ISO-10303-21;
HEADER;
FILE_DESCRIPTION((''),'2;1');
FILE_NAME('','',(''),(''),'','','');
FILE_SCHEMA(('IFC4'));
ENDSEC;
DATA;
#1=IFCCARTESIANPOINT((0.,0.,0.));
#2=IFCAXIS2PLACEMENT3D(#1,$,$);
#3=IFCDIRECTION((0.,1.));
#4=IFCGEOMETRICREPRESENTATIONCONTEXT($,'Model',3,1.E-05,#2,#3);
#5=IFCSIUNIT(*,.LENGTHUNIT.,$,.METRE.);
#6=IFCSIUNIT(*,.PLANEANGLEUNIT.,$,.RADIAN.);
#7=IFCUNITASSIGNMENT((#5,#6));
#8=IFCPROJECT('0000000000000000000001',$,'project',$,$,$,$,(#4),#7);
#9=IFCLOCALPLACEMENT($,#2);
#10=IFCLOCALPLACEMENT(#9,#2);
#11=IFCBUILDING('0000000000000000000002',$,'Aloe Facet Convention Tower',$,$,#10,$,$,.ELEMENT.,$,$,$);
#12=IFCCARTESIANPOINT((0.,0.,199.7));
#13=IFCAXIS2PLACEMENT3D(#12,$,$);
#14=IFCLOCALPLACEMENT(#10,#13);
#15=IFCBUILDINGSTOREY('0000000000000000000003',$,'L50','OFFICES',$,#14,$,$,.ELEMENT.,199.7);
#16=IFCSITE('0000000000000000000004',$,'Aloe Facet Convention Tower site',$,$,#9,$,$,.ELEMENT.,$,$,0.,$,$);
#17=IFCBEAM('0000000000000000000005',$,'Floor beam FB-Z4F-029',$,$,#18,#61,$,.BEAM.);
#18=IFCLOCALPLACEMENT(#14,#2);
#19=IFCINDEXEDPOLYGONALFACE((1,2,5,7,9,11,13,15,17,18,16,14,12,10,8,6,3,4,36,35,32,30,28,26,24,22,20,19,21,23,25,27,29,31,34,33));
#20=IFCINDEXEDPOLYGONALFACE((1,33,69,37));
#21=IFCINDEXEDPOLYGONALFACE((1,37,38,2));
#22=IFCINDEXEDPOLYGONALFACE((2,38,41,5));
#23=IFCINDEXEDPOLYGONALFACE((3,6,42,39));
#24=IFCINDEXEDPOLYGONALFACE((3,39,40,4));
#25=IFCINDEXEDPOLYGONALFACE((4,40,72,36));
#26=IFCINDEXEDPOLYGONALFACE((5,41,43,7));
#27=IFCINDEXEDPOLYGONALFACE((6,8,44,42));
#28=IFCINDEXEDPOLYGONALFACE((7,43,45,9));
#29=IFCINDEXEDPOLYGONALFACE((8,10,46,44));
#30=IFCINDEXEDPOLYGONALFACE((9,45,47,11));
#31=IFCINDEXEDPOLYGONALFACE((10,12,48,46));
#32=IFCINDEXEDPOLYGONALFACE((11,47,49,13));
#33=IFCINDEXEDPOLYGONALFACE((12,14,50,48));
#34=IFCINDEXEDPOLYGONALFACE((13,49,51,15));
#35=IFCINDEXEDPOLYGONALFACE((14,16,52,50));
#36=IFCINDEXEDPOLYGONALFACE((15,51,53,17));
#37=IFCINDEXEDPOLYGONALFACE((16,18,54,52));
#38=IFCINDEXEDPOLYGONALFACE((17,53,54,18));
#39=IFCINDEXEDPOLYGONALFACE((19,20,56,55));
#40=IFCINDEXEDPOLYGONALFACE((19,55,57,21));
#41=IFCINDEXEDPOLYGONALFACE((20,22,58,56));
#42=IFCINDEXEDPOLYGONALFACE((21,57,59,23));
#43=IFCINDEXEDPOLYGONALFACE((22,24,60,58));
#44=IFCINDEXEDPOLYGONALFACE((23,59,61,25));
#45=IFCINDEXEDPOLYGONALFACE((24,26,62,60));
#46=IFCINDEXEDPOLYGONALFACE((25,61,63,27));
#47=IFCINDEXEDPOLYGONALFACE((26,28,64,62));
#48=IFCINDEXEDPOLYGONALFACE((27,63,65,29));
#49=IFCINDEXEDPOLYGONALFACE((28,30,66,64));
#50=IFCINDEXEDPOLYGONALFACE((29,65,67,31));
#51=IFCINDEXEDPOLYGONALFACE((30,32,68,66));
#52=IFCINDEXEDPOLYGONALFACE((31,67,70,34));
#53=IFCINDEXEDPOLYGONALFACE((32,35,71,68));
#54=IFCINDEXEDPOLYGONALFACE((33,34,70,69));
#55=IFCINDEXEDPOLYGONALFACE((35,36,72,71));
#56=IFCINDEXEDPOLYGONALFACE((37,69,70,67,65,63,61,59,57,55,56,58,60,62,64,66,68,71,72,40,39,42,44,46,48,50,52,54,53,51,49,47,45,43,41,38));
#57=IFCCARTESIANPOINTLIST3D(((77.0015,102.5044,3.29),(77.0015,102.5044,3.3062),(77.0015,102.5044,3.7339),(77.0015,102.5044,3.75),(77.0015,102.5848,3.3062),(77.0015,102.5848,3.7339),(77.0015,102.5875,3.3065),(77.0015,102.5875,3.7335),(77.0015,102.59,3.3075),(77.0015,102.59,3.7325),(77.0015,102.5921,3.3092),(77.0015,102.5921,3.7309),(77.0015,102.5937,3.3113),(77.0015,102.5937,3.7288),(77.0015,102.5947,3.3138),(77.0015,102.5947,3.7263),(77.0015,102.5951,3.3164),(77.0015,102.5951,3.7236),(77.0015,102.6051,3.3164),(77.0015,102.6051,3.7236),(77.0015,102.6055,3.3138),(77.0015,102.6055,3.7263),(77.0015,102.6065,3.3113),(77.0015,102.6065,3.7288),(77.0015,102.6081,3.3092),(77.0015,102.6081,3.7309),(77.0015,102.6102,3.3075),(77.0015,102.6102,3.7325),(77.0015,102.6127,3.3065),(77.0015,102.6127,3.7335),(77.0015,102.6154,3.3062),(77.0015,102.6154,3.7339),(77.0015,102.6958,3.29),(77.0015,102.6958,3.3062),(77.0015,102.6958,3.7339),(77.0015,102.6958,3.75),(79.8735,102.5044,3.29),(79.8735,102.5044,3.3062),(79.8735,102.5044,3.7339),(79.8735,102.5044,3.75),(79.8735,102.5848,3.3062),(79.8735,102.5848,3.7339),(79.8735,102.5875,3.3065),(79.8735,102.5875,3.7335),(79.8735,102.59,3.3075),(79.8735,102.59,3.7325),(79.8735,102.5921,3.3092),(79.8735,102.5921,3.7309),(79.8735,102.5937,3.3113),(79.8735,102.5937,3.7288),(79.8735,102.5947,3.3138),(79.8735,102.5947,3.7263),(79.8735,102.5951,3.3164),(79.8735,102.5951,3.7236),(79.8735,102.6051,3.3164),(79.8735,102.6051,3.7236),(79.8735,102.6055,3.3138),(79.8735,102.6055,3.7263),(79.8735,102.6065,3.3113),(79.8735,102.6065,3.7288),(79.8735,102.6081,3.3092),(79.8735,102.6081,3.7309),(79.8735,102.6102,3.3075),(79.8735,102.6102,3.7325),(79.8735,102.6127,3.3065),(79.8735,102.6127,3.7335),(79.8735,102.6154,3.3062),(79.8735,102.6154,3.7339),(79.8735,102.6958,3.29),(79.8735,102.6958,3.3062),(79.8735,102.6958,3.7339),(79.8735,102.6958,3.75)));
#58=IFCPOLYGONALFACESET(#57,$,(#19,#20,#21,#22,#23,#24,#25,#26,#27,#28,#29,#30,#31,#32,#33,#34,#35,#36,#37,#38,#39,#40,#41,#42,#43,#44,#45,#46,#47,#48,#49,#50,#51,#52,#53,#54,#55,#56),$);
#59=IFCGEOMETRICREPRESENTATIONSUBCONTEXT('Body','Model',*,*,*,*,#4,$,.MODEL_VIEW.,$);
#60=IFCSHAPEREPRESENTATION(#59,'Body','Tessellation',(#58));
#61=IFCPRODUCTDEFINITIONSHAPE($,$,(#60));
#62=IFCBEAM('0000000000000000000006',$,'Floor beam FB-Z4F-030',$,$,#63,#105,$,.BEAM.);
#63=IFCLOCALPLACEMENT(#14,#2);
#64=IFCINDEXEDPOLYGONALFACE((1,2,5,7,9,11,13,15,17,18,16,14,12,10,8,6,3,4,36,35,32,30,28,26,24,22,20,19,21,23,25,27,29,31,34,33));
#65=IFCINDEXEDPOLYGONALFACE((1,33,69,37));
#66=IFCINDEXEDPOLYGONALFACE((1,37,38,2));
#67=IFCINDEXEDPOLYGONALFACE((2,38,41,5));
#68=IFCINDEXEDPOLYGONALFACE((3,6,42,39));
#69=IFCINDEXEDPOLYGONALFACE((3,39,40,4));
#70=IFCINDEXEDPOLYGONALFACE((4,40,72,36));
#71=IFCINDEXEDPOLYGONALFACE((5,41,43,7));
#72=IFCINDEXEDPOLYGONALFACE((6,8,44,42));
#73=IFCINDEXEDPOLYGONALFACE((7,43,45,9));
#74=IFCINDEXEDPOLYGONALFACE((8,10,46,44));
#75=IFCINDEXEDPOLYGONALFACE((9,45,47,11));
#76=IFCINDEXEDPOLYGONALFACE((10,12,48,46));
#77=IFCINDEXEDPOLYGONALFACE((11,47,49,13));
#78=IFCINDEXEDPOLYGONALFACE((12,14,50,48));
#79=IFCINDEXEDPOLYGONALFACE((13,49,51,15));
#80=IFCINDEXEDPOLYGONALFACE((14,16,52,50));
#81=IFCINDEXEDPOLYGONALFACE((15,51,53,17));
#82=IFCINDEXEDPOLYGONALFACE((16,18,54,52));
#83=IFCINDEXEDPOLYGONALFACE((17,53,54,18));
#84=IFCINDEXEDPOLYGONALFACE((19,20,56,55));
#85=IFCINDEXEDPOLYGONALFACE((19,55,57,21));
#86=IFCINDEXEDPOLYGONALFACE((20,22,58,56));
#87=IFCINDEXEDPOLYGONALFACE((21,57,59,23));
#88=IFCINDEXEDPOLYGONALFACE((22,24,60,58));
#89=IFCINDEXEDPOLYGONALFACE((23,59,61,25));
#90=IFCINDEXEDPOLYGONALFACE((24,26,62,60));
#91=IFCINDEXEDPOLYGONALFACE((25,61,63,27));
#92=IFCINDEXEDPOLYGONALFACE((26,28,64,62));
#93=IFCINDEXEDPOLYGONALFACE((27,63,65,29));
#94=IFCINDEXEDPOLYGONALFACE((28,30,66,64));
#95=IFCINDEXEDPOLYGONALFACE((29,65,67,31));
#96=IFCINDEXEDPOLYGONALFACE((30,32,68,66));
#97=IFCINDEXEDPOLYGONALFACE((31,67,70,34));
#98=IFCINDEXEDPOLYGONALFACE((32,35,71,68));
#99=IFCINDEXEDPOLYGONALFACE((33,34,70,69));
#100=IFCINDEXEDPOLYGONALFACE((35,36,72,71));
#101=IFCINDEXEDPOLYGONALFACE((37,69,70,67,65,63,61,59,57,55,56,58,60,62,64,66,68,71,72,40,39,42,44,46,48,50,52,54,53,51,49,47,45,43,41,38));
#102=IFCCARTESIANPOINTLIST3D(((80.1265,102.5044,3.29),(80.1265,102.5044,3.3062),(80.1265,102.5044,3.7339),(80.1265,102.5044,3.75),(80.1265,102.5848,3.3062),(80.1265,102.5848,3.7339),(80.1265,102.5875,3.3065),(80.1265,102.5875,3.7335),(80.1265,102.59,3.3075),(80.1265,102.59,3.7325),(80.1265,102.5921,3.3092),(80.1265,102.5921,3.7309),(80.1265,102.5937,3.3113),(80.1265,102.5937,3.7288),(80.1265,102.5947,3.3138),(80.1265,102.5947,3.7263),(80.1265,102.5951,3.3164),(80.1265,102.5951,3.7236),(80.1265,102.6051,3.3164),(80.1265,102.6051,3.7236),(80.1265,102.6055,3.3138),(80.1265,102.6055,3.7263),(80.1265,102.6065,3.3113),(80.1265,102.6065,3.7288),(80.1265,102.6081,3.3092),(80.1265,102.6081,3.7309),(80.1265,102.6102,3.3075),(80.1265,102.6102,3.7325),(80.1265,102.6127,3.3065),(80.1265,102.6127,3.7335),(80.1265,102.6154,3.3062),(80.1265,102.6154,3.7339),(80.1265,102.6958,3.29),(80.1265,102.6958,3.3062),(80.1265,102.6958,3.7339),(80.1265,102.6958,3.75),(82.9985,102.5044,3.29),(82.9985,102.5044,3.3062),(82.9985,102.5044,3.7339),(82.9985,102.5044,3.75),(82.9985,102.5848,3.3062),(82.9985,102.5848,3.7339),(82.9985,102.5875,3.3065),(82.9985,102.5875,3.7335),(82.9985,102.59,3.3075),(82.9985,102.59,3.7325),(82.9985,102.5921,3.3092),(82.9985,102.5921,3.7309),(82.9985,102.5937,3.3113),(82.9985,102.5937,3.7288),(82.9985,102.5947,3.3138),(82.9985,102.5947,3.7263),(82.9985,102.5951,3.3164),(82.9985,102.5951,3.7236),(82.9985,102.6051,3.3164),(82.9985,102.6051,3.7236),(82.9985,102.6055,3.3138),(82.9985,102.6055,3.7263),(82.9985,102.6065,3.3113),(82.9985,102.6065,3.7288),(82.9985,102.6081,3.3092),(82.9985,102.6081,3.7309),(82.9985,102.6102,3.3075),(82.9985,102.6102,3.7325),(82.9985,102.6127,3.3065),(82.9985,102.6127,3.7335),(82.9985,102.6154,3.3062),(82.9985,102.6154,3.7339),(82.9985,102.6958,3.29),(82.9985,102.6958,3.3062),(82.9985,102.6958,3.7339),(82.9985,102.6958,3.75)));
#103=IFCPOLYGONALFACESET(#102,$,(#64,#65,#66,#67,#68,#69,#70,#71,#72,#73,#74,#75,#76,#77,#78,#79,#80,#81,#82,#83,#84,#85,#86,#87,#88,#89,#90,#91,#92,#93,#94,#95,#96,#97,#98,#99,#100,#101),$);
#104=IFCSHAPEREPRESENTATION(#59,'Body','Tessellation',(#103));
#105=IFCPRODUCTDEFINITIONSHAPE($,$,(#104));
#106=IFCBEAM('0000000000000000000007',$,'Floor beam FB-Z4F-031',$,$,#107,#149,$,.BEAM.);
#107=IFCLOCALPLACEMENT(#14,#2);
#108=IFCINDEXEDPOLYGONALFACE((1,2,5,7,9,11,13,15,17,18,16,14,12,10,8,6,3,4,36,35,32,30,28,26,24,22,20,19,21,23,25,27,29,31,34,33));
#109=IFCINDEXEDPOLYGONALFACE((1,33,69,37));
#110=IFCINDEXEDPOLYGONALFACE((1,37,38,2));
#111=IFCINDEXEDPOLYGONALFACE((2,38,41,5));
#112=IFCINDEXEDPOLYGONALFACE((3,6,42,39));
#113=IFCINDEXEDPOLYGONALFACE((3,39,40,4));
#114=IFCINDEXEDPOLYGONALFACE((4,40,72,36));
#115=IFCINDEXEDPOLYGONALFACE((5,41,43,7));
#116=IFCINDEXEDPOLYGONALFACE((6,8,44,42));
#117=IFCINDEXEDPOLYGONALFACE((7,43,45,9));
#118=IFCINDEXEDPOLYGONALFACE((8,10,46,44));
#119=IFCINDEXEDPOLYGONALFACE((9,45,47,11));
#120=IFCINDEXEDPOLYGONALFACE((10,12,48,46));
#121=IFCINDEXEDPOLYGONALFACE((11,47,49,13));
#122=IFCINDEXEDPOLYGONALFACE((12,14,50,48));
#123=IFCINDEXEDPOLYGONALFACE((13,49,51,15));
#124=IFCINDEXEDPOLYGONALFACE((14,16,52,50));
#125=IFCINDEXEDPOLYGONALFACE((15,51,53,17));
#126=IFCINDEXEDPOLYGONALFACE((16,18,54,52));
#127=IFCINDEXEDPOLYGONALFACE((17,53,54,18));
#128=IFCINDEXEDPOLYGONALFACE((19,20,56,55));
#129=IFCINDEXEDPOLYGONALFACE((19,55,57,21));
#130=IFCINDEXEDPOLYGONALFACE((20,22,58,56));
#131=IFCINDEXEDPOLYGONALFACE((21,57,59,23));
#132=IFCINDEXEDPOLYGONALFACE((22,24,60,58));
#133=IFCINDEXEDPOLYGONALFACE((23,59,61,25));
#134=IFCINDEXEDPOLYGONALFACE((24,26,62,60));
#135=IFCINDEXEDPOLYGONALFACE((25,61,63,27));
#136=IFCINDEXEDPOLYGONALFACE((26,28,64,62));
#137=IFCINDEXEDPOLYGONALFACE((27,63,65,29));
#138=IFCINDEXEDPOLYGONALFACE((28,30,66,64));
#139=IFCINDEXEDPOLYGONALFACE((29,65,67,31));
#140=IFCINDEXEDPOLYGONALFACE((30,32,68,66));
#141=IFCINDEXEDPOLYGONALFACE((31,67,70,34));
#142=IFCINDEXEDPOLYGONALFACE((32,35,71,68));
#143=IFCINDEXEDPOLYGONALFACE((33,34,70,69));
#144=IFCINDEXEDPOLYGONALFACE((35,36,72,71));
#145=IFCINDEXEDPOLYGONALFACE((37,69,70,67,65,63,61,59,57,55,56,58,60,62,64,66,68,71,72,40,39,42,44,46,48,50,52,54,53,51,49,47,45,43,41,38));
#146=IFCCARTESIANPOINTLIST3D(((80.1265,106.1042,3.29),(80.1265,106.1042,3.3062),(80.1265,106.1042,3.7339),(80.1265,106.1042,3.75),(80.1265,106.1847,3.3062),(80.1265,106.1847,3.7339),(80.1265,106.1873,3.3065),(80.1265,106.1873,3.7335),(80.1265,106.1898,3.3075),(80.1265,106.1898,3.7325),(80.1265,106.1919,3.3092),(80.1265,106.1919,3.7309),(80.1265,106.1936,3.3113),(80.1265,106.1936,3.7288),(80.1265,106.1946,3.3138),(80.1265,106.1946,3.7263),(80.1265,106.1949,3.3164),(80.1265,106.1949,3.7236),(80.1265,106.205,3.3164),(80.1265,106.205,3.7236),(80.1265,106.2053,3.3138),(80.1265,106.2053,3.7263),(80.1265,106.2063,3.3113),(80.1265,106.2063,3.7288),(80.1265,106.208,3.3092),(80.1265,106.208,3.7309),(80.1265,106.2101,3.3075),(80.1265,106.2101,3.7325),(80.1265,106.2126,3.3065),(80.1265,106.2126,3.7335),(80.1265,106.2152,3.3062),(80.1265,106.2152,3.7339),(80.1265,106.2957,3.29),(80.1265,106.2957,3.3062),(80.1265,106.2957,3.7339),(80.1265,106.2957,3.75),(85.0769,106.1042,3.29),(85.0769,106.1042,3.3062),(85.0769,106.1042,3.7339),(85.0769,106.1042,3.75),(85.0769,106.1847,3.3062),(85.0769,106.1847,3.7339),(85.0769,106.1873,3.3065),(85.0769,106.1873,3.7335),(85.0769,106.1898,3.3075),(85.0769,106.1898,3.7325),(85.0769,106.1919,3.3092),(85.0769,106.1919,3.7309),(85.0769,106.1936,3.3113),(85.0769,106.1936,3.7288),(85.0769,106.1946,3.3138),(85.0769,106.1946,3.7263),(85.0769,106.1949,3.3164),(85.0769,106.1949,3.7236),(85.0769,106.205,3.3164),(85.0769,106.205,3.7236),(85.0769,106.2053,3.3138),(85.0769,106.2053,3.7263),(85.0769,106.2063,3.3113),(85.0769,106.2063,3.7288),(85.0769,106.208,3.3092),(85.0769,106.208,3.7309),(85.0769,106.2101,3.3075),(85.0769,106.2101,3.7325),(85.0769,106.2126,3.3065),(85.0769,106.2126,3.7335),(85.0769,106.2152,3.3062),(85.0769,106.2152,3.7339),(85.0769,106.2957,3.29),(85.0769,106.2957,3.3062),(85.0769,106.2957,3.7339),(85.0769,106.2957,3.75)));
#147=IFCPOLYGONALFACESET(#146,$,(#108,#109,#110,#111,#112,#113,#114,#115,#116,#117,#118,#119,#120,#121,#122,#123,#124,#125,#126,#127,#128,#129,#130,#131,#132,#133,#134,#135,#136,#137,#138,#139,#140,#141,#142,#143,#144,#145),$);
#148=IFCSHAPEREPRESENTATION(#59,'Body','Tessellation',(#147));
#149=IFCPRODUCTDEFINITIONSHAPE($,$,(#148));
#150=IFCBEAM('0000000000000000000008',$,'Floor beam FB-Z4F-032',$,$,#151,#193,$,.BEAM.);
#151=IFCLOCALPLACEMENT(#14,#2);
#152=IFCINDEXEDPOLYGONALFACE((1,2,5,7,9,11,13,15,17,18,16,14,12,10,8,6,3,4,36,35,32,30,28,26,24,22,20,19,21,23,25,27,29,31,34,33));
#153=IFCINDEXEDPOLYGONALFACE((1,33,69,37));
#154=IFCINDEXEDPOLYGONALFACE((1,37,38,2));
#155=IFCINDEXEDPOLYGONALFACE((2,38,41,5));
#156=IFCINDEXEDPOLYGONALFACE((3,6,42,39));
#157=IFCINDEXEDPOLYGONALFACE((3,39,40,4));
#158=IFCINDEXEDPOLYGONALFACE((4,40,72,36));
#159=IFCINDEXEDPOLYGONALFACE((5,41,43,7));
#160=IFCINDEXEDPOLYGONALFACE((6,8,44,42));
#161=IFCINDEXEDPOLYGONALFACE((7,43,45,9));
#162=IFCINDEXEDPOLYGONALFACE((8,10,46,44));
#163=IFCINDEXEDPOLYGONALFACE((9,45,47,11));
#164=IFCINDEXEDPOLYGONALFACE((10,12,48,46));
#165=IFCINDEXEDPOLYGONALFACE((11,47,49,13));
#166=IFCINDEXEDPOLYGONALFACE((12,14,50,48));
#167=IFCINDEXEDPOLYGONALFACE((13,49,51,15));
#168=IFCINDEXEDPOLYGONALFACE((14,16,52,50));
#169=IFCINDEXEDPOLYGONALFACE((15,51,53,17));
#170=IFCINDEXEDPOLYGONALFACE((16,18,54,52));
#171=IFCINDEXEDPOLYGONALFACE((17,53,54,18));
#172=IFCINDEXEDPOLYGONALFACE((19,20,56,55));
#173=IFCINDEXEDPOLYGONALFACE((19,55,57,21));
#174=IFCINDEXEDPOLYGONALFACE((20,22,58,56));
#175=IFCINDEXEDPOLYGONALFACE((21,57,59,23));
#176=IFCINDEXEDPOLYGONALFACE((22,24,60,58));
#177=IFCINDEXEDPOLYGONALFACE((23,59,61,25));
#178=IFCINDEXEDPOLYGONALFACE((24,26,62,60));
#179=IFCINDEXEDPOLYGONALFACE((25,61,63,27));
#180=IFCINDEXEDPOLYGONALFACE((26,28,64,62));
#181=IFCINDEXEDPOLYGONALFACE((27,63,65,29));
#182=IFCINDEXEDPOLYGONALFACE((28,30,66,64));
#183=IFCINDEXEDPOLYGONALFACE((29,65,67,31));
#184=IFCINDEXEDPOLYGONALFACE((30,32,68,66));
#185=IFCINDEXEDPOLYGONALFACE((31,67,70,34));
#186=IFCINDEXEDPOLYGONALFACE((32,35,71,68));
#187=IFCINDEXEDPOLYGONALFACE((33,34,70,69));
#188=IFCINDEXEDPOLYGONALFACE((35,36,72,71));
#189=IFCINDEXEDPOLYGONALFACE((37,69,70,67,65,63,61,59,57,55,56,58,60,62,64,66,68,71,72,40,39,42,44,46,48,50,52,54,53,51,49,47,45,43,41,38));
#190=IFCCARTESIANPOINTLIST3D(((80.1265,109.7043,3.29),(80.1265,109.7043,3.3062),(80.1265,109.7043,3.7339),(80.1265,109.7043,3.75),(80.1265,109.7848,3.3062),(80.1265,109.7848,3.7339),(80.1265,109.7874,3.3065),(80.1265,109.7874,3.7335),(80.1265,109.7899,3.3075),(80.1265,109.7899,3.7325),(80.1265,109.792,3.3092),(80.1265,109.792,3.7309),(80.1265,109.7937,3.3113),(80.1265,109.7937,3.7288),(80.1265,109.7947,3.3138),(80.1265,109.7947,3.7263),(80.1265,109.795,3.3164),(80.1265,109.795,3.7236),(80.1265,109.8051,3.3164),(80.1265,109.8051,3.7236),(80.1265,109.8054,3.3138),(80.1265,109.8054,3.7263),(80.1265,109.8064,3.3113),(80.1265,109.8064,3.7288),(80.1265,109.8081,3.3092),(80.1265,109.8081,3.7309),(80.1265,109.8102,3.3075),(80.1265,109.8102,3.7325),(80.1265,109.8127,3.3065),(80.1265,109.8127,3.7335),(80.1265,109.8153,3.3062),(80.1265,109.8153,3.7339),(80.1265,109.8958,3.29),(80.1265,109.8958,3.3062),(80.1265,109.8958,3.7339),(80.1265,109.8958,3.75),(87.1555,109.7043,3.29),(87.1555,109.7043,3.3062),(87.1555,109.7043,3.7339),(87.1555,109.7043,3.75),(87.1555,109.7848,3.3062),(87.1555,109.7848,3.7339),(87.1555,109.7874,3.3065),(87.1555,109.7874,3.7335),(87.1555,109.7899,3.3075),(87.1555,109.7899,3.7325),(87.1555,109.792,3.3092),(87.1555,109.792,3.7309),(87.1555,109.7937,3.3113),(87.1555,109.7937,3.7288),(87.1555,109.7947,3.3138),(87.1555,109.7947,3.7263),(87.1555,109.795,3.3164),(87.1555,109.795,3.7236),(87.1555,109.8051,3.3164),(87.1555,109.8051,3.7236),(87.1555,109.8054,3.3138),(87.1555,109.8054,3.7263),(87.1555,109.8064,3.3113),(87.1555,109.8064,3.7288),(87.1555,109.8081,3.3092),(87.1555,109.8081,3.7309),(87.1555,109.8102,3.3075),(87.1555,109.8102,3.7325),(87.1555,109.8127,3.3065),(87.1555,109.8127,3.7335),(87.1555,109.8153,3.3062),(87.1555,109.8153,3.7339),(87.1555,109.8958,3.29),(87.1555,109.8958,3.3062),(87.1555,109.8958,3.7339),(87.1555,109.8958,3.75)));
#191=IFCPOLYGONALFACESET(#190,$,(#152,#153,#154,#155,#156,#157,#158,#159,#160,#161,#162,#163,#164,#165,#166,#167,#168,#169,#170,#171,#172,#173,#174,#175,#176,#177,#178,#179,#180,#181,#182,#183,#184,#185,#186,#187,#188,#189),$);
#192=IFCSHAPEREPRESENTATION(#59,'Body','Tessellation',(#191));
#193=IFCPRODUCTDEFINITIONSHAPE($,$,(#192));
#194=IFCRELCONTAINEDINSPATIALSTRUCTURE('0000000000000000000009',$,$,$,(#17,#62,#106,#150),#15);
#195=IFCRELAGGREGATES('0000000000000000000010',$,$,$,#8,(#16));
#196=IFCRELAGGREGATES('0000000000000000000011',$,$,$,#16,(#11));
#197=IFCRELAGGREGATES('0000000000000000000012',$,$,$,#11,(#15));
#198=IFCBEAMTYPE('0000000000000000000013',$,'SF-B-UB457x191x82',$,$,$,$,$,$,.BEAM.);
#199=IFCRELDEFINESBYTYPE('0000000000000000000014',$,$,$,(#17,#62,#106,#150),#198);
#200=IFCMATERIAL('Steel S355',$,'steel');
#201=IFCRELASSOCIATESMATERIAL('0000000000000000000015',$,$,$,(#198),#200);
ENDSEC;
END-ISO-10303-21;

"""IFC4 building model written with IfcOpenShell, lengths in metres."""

from ifc_helpers import new_model, si_unit, direction, frame, origin, origin_2d, place, context, subcontext, project, spatial, i_section, extrude, material, material_profile, profile_set, type_object, element, save


model = new_model("IFC4")

# Units and contexts
model_context = context("Model", 3, precision=1e-05, world=origin(), true_north=direction((0.0, 1.0)))
body_context = subcontext(model_context, "Body", "Model", "MODEL_VIEW")
ifc_project = project(units=[si_unit("LENGTHUNIT", "METRE"), si_unit("PLANEANGLEUNIT", "RADIAN")], contexts=[model_context])

# Site, building, storey
site_placement = place(None, origin())
site = spatial("IfcSite", under=ifc_project, at=site_placement, Name="Aloe Facet Convention Tower site", CompositionType="ELEMENT", RefElevation=0.0)
building_placement = place(site_placement, origin())
building = spatial("IfcBuilding", under=site, at=building_placement, Name="Aloe Facet Convention Tower", CompositionType="ELEMENT")
storey_placement = place(building_placement, frame((0.0, 0.0, 199.7)))
storey = spatial("IfcBuildingStorey", under=building, at=storey_placement, Name="L50", Description="OFFICES", CompositionType="ELEMENT", Elevation=199.7)

# Beams
ifc_material_1 = material(Name="Steel S355", Category="steel")
ifc_material_profile_1 = material_profile(ifc_material_1, i_section(OverallWidth=0.1914, OverallDepth=0.46, WebThickness=0.01, FlangeThickness=0.0161, FilletRadius=0.0103, at=origin_2d()), Name="UB 457x191x82")
ifc_profile_set_1 = profile_set([ifc_material_profile_1], Name="Steel S355")
beam_type_1 = type_object("IfcBeamType", Name="SF-B-UB457x191x82", PredefinedType="BEAM", material=ifc_profile_set_1)
for number, where, z_axis, x_axis, name in (
    (1, (77.0015, 102.6001, 3.52), (1.0, 0.0, 0.0), (0.0, 1.0, 0.0), "Floor beam FB-Z4F-029"),
    (2, (80.1265, 102.6001, 3.52), (1.0, 0.0, 0.0), (0.0, 1.0, 0.0), "Floor beam FB-Z4F-030"),
):
    element("IfcBeam", number, at=place(storey_placement, frame(where, z_axis=z_axis, x_axis=x_axis)), inside=storey, type_object=beam_type_1, Name=name, PredefinedType="BEAM", context=body_context, shape_type="SweptSolid", body=[
        extrude(i_section(OverallWidth=0.1914, OverallDepth=0.46, WebThickness=0.01, FlangeThickness=0.0161, FilletRadius=0.0103, at=origin_2d()), origin(), (0.0, 0.0, 1.0), 2.8721),
    ])
beam_1_placement = place(storey_placement, frame((80.1265, 106.2, 3.52), z_axis=(1.0, 0.0, 0.0), x_axis=(0.0, 1.0, 0.0)))
element("IfcBeam", 3, at=beam_1_placement, inside=storey, type_object=beam_type_1, Name="Floor beam FB-Z4F-031", PredefinedType="BEAM", context=body_context, shape_type="SweptSolid", body=[
    extrude(i_section(OverallWidth=0.1914, OverallDepth=0.46, WebThickness=0.01, FlangeThickness=0.0161, FilletRadius=0.0103, at=origin_2d()), origin(), (0.0, 0.0, 1.0), 4.9504),
])
beam_2_placement = place(storey_placement, frame((80.1265, 109.8, 3.52), z_axis=(1.0, 0.0, 0.0), x_axis=(0.0, 1.0, 0.0)))
element("IfcBeam", 4, at=beam_2_placement, inside=storey, type_object=beam_type_1, Name="Floor beam FB-Z4F-032", PredefinedType="BEAM", context=body_context, shape_type="SweptSolid", body=[
    extrude(i_section(OverallWidth=0.1914, OverallDepth=0.46, WebThickness=0.01, FlangeThickness=0.0161, FilletRadius=0.0103, at=origin_2d()), origin(), (0.0, 0.0, 1.0), 7.0291),
])

save(model, "model.ifc")
